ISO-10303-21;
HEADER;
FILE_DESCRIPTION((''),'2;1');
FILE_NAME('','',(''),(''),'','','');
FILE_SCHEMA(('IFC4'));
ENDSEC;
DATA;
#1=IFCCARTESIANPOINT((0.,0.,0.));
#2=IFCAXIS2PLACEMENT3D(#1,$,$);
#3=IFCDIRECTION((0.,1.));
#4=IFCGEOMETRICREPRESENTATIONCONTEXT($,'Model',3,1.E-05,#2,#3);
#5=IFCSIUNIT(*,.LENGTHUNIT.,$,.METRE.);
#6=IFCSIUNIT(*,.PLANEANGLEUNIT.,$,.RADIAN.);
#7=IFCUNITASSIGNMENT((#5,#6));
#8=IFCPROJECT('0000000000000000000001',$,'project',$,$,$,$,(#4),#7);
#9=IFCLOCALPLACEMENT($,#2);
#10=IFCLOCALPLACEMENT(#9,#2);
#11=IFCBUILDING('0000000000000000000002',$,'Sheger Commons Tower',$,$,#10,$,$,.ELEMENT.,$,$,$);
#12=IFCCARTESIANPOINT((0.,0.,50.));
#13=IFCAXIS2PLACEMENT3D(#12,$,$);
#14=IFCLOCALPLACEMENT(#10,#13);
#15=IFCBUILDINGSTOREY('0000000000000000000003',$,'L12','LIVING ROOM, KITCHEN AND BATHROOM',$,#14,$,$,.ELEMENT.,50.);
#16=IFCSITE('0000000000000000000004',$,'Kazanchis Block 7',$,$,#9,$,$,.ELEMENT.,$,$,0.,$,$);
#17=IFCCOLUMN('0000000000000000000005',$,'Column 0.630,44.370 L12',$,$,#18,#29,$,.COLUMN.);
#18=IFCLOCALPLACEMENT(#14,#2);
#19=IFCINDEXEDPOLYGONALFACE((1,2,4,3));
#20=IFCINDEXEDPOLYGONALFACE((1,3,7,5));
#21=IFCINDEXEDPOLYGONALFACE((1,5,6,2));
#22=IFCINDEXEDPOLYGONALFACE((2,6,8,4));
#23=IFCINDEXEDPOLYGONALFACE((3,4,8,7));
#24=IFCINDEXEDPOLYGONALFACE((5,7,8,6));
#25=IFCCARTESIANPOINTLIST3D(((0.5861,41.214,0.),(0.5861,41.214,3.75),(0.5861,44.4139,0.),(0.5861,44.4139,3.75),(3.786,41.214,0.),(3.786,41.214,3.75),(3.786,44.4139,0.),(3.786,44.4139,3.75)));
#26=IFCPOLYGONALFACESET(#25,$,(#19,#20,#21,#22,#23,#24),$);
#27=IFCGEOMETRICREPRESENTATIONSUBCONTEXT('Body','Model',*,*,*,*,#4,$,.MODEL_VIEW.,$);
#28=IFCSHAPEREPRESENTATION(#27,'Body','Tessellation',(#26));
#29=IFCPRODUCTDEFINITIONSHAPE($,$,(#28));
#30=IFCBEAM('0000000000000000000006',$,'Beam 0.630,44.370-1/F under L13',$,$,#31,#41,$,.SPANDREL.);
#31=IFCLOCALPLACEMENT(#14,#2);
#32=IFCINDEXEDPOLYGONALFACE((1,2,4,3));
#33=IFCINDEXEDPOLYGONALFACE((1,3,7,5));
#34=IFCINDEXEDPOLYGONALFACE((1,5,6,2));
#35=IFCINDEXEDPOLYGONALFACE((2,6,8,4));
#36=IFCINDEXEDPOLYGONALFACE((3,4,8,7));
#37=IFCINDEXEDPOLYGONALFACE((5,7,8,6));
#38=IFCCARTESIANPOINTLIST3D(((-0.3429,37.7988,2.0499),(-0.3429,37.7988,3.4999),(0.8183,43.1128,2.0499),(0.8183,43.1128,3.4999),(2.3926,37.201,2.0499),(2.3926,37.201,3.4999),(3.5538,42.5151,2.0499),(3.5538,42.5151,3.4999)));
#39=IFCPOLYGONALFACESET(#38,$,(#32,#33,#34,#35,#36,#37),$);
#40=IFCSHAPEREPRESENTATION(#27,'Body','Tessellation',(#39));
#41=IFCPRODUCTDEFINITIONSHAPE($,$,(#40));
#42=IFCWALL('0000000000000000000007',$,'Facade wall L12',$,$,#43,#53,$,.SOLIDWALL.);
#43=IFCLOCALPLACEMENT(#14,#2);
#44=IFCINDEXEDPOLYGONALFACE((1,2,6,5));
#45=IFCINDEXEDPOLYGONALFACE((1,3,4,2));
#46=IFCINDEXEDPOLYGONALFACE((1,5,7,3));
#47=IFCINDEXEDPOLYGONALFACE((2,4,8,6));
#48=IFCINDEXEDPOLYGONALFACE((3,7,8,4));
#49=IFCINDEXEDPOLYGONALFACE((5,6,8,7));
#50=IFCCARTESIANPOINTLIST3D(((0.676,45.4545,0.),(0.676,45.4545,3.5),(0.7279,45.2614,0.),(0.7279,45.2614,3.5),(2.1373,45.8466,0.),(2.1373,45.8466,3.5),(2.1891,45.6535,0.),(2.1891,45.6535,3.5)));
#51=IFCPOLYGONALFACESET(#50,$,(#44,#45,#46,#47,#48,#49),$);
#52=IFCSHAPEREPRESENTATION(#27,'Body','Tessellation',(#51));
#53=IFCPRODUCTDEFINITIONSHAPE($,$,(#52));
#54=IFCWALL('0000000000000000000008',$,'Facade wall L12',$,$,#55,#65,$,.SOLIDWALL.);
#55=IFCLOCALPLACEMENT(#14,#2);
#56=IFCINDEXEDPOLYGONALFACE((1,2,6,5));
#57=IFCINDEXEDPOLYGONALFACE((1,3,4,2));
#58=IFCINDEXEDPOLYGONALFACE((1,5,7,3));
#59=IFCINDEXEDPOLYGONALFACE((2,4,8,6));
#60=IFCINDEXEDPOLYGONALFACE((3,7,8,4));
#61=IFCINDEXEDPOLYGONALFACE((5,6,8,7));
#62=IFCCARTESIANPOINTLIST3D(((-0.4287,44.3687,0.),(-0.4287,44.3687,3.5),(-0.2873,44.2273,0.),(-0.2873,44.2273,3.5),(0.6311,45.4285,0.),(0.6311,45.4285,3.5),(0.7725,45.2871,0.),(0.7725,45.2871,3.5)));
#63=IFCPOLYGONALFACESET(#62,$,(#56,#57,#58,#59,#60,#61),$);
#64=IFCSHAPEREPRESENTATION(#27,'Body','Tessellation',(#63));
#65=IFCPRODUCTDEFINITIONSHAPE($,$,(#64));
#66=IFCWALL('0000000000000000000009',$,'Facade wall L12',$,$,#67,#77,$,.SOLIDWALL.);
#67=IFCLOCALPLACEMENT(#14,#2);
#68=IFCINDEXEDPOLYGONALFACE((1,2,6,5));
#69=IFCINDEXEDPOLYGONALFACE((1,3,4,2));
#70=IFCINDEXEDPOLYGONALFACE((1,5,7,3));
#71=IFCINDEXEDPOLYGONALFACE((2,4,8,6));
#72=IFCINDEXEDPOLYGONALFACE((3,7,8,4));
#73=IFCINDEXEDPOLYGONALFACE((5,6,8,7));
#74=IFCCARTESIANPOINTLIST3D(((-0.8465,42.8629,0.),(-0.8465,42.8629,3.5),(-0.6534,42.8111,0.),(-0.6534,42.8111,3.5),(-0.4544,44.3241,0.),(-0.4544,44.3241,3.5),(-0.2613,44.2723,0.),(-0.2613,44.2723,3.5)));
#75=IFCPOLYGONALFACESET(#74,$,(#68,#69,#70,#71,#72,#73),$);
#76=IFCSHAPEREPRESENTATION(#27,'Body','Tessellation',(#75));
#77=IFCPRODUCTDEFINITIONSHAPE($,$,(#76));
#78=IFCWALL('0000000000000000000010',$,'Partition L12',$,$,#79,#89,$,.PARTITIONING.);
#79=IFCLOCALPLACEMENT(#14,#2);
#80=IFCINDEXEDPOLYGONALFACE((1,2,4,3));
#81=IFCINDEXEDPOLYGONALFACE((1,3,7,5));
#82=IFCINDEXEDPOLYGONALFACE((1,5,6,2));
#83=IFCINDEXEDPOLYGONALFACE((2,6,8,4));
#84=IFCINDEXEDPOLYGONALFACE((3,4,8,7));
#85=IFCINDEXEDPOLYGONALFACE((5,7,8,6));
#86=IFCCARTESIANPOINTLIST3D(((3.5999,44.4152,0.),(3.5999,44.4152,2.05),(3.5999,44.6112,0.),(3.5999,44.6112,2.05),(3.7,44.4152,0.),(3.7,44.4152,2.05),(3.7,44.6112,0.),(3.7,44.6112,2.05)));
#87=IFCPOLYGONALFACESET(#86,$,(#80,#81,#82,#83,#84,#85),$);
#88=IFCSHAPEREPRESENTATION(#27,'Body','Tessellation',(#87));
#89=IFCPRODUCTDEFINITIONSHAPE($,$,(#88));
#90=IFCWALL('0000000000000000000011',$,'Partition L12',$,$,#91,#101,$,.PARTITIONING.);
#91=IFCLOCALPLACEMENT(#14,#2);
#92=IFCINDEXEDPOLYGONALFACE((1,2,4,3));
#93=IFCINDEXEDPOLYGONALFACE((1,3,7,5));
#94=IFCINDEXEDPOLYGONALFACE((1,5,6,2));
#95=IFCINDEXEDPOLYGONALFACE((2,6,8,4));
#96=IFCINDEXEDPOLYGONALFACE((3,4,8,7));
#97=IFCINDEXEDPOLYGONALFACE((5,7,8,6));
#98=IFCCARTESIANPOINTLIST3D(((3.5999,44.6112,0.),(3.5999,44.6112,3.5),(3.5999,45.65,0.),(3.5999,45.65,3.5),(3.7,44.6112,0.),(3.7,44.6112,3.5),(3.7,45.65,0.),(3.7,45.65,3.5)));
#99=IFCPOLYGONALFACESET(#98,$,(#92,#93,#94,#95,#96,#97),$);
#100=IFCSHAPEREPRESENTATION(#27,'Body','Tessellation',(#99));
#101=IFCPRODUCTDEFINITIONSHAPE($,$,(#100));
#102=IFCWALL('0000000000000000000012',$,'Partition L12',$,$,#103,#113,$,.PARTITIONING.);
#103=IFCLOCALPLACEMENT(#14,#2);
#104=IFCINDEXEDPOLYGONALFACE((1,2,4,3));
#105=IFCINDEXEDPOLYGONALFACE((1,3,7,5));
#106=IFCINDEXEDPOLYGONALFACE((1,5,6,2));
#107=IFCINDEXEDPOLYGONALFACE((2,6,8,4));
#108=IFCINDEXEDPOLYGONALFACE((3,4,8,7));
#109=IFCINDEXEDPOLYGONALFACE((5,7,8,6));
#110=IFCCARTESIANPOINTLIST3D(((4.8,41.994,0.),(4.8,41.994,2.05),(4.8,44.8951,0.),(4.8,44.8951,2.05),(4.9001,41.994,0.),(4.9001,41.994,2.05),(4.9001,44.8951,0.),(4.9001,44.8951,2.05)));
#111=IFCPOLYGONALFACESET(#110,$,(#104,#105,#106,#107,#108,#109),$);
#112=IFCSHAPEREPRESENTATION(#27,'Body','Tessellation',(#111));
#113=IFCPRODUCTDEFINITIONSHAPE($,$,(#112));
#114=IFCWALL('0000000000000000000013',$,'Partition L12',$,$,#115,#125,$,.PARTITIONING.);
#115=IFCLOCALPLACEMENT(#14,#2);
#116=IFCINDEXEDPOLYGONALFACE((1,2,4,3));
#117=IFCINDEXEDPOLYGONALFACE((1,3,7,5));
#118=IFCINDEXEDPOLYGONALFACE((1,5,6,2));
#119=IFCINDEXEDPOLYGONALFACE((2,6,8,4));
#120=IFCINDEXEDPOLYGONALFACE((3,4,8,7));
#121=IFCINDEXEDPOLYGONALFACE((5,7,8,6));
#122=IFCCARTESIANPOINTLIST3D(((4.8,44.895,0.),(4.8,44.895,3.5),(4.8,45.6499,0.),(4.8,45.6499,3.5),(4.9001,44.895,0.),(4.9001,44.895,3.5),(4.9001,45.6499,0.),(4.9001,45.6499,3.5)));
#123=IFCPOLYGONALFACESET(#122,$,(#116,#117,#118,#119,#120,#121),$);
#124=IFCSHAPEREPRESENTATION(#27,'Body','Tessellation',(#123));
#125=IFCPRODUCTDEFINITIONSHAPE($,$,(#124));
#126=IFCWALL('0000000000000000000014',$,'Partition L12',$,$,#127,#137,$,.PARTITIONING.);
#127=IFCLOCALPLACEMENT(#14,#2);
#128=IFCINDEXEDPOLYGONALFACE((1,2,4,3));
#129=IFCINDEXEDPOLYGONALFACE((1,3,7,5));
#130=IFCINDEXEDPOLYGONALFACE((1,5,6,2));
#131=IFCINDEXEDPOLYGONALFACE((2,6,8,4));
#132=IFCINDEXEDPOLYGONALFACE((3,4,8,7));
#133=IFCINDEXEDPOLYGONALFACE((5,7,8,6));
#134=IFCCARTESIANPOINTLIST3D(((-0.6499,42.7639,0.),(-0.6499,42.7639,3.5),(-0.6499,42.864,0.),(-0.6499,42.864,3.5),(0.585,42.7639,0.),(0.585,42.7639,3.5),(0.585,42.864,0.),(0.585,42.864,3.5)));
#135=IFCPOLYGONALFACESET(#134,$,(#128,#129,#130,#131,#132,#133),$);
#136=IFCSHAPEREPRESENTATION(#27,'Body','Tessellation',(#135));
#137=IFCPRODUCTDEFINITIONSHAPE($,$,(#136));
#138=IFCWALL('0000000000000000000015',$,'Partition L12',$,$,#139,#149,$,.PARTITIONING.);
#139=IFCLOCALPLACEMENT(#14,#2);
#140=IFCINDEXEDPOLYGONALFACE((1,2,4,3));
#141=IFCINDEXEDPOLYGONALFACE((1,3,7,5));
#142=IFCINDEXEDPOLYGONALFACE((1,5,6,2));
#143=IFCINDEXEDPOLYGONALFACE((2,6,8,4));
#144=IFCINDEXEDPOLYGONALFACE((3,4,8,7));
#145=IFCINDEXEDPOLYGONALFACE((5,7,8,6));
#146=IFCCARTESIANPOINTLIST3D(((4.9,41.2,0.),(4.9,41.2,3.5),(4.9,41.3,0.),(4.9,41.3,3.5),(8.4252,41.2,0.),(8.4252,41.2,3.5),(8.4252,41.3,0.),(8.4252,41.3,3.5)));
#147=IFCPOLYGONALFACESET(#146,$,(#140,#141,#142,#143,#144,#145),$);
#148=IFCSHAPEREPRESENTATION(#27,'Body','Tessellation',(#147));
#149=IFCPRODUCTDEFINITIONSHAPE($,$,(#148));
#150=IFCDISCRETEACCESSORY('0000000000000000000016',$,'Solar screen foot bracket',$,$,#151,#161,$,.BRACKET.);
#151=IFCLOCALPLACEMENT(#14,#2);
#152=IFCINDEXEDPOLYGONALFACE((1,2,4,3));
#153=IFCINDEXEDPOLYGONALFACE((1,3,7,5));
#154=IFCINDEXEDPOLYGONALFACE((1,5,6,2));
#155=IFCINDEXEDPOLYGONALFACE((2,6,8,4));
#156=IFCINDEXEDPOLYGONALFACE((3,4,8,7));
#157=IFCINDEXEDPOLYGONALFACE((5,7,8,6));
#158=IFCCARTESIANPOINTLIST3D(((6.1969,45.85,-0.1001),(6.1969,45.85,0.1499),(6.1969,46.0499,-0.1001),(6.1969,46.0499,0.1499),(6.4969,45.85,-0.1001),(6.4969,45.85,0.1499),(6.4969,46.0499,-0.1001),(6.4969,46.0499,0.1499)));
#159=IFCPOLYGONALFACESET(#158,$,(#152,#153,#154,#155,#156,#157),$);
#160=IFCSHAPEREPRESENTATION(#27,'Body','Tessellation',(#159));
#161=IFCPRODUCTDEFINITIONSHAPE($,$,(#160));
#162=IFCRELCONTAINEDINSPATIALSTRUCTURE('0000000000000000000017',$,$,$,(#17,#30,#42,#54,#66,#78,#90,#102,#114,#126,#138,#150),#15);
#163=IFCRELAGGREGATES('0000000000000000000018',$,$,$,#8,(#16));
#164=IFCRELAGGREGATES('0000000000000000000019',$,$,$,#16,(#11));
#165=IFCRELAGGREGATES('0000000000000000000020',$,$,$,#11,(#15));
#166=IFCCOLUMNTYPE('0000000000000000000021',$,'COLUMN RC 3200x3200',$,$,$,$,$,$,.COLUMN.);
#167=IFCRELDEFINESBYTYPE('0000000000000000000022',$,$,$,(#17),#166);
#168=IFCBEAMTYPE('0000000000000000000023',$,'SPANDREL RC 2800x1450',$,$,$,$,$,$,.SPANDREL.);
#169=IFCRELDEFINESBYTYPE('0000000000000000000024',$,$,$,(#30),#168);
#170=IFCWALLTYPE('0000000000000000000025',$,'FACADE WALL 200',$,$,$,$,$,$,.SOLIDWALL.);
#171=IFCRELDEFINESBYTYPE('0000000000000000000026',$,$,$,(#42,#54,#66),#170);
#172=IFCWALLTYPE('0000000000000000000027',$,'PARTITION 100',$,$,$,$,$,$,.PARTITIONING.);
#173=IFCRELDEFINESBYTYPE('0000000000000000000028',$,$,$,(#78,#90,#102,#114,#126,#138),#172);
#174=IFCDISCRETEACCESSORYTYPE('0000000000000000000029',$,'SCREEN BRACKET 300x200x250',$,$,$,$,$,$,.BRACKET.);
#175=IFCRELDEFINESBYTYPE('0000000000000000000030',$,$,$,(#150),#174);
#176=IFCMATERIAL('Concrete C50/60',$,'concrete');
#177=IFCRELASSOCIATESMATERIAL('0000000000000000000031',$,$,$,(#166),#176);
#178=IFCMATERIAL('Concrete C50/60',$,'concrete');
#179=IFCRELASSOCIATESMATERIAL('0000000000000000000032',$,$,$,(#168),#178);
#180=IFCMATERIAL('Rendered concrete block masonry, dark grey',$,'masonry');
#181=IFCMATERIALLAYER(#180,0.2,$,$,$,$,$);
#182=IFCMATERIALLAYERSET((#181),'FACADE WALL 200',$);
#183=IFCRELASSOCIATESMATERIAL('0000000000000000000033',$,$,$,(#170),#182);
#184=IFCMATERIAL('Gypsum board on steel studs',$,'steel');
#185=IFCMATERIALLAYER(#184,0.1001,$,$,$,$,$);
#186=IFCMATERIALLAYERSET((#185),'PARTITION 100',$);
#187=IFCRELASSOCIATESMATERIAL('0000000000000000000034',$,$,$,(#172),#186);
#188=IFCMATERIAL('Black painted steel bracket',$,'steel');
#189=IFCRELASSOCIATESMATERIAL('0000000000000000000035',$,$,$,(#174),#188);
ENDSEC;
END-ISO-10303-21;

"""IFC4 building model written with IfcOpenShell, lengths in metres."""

from ifc_helpers import new_model, si_unit, direction, frame, frame_2d, origin, origin_2d, place, context, subcontext, project, spatial, rectangle, extrude, material, layer, layer_set, material_profile, profile_set, type_object, element, save


model = new_model("IFC4")

# Units and contexts
model_context = context("Model", 3, precision=1e-05, world=origin(), true_north=direction((0.0, 1.0)))
body_context = subcontext(model_context, "Body", "Model", "MODEL_VIEW")
ifc_project = project(units=[si_unit("LENGTHUNIT", "METRE"), si_unit("PLANEANGLEUNIT", "RADIAN")], contexts=[model_context])

# Site, building, storey
site_placement = place(None, origin())
site = spatial("IfcSite", under=ifc_project, at=site_placement, Name="Kazanchis Block 7", CompositionType="ELEMENT", RefElevation=0.0)
building_placement = place(site_placement, origin())
building = spatial("IfcBuilding", under=site, at=building_placement, Name="Sheger Commons Tower", CompositionType="ELEMENT")
storey_placement = place(building_placement, frame((0.0, 0.0, 50.0)))
storey = spatial("IfcBuildingStorey", under=building, at=storey_placement, Name="L12", Description="LIVING ROOM, KITCHEN AND BATHROOM", CompositionType="ELEMENT", Elevation=50.0)

# Column
ifc_material_1 = material(Name="Concrete C50/60", Category="concrete")
ifc_material_profile_1 = material_profile(ifc_material_1, rectangle(XDim=3.2, YDim=3.2, at=origin_2d()), Name="RC 3200x3200")
ifc_profile_set_1 = profile_set([ifc_material_profile_1], Name="Concrete C50/60")
column_type = type_object("IfcColumnType", Name="COLUMN RC 3200x3200", PredefinedType="COLUMN", material=ifc_profile_set_1)
column_placement = place(storey_placement, frame((2.186, 42.814, 0.0), z_axis=(0.0, 0.0, 1.0), x_axis=(1.0, 0.0, 0.0)))
element("IfcColumn", 1, at=column_placement, inside=storey, type_object=column_type, Name="Column 0.630,44.370 L12", PredefinedType="COLUMN", context=body_context, shape_type="SweptSolid", body=[
    extrude(rectangle(XDim=3.2, YDim=3.2, at=origin_2d()), origin(), (0.0, 0.0, 1.0), 3.75),
])

# Beam
ifc_material_2 = material(Name="Concrete C50/60", Category="concrete")
ifc_material_profile_2 = material_profile(ifc_material_2, rectangle(XDim=2.8, YDim=1.45, at=origin_2d()), Name="RC 2800x1450")
ifc_profile_set_2 = profile_set([ifc_material_profile_2], Name="Concrete C50/60")
beam_type = type_object("IfcBeamType", Name="SPANDREL RC 2800x1450", PredefinedType="SPANDREL", material=ifc_profile_set_2)
beam_placement = place(storey_placement, frame((2.186, 42.814, 2.7749), z_axis=(-0.213469, -0.97695, 0.0), x_axis=(0.97695, -0.213469, 0.0)))
element("IfcBeam", 2, at=beam_placement, inside=storey, type_object=beam_type, Name="Beam 0.630,44.370-1/F under L13", PredefinedType="SPANDREL", context=body_context, shape_type="SweptSolid", body=[
    extrude(rectangle(XDim=2.8, YDim=1.45, at=origin_2d()), origin(), (0.0, 0.0, 1.0), 5.4395),
])

# Walls
ifc_material_3 = material(Name="Rendered concrete block masonry, dark grey", Category="masonry")
ifc_layer_1 = layer(ifc_material_3, 0.2)
ifc_layer_set_1 = layer_set([ifc_layer_1], Name="FACADE WALL 200")
wall_type_1 = type_object("IfcWallType", Name="FACADE WALL 200", PredefinedType="SOLIDWALL", material=ifc_layer_set_1)
wall_1_placement = place(storey_placement, frame((2.1631, 45.75, 0.0), z_axis=(0.0, 0.0, 1.0), x_axis=(-0.965832, -0.259169, 0.0)))
element("IfcWall", 3, at=wall_1_placement, inside=storey, type_object=wall_type_1, Name="Facade wall L12", PredefinedType="SOLIDWALL", context=body_context, shape_type="SweptSolid", body=[
    extrude(rectangle(XDim=1.5129, YDim=0.2, at=frame_2d((0.7563, 0.0))), origin(), (0.0, 0.0, 1.0), 3.5),
])
wall_2_placement = place(storey_placement, frame((0.7019, 45.3579, 0.0), z_axis=(0.0, 0.0, 1.0), x_axis=(-0.707107, -0.707107, 0.0)))
element("IfcWall", 4, at=wall_2_placement, inside=storey, type_object=wall_type_1, Name="Facade wall L12", PredefinedType="SOLIDWALL", context=body_context, shape_type="SweptSolid", body=[
    extrude(rectangle(XDim=1.4988, YDim=0.2, at=frame_2d((0.7495, 0.0))), origin(), (0.0, 0.0, 1.0), 3.5),
])
wall_3_placement = place(storey_placement, frame((-0.3579, 44.2981, 0.0), z_axis=(0.0, 0.0, 1.0), x_axis=(-0.259169, -0.965832, 0.0)))
element("IfcWall", 5, at=wall_3_placement, inside=storey, type_object=wall_type_1, Name="Facade wall L12", PredefinedType="SOLIDWALL", context=body_context, shape_type="SweptSolid", body=[
    extrude(rectangle(XDim=1.5129, YDim=0.2, at=frame_2d((0.7563, 0.0))), origin(), (0.0, 0.0, 1.0), 3.5),
])

# Walls
ifc_material_4 = material(Name="Gypsum board on steel studs", Category="steel")
ifc_layer_2 = layer(ifc_material_4, 0.1001)
ifc_layer_set_2 = layer_set([ifc_layer_2], Name="PARTITION 100")
wall_type_2 = type_object("IfcWallType", Name="PARTITION 100", PredefinedType="PARTITIONING", material=ifc_layer_set_2)
wall_4_placement = place(storey_placement, frame((3.6499, 44.415, 0.0), z_axis=(0.0, 0.0, 1.0), x_axis=(0.0, 1.0, 0.0)))
element("IfcWall", 6, at=wall_4_placement, inside=storey, type_object=wall_type_2, Name="Partition L12", PredefinedType="PARTITIONING", context=body_context, shape_type="SweptSolid", body=[
    extrude(rectangle(XDim=0.196, YDim=0.1001, at=frame_2d((0.0981, 0.0))), origin(), (0.0, 0.0, 1.0), 2.05),
])
wall_5_placement = place(storey_placement, frame((3.6499, 44.6111, 0.0), z_axis=(0.0, 0.0, 1.0), x_axis=(0.0, 1.0, 0.0)))
element("IfcWall", 7, at=wall_5_placement, inside=storey, type_object=wall_type_2, Name="Partition L12", PredefinedType="PARTITIONING", context=body_context, shape_type="SweptSolid", body=[
    extrude(rectangle(XDim=1.0388, YDim=0.1001, at=frame_2d((0.5195, 0.0))), origin(), (0.0, 0.0, 1.0), 3.5),
])
wall_6_placement = place(storey_placement, frame((4.8501, 41.9939, 0.0), z_axis=(0.0, 0.0, 1.0), x_axis=(0.0, 1.0, 0.0)))
element("IfcWall", 8, at=wall_6_placement, inside=storey, type_object=wall_type_2, Name="Partition L12", PredefinedType="PARTITIONING", context=body_context, shape_type="SweptSolid", body=[
    extrude(rectangle(XDim=2.9011, YDim=0.1001, at=frame_2d((1.4507, 0.0))), origin(), (0.0, 0.0, 1.0), 2.05),
])
wall_7_placement = place(storey_placement, frame((4.8501, 44.895, 0.0), z_axis=(0.0, 0.0, 1.0), x_axis=(0.0, 1.0, 0.0)))
element("IfcWall", 9, at=wall_7_placement, inside=storey, type_object=wall_type_2, Name="Partition L12", PredefinedType="PARTITIONING", context=body_context, shape_type="SweptSolid", body=[
    extrude(rectangle(XDim=0.7549, YDim=0.1001, at=frame_2d((0.3774, 0.0))), origin(), (0.0, 0.0, 1.0), 3.5),
])
wall_8_placement = place(storey_placement, frame((-0.6499, 42.814, 0.0), z_axis=(0.0, 0.0, 1.0), x_axis=(1.0, 0.0, 0.0)))
element("IfcWall", 10, at=wall_8_placement, inside=storey, type_object=wall_type_2, Name="Partition L12", PredefinedType="PARTITIONING", context=body_context, shape_type="SweptSolid", body=[
    extrude(rectangle(XDim=1.2349, YDim=0.1001, at=frame_2d((0.6174, 0.0))), origin(), (0.0, 0.0, 1.0), 3.5),
])
wall_9_placement = place(storey_placement, frame((4.8999, 41.25, 0.0), z_axis=(0.0, 0.0, 1.0), x_axis=(1.0, 0.0, 0.0)))
element("IfcWall", 11, at=wall_9_placement, inside=storey, type_object=wall_type_2, Name="Partition L12", PredefinedType="PARTITIONING", context=body_context, shape_type="SweptSolid", body=[
    extrude(rectangle(XDim=3.5251, YDim=0.1001, at=frame_2d((1.7627, 0.0))), origin(), (0.0, 0.0, 1.0), 3.5),
])

# Discrete accessory
ifc_material_5 = material(Name="Black painted steel bracket", Category="steel")
discrete_accessory_type = type_object("IfcDiscreteAccessoryType", Name="SCREEN BRACKET 300x200x250", PredefinedType="BRACKET", material=ifc_material_5)
discrete_accessory_placement = place(storey_placement, frame((6.3469, 45.95, -0.1001), z_axis=(0.0, 0.0, 1.0), x_axis=(-1.0, 0.0, 0.0)))
element("IfcDiscreteAccessory", 12, at=discrete_accessory_placement, inside=storey, type_object=discrete_accessory_type, Name="Solar screen foot bracket", PredefinedType="BRACKET", context=body_context, shape_type="SweptSolid", body=[
    extrude(rectangle(XDim=0.3, YDim=0.2, at=origin_2d()), origin(), (0.0, 0.0, 1.0), 0.25),
])

save(model, "model.ifc")
